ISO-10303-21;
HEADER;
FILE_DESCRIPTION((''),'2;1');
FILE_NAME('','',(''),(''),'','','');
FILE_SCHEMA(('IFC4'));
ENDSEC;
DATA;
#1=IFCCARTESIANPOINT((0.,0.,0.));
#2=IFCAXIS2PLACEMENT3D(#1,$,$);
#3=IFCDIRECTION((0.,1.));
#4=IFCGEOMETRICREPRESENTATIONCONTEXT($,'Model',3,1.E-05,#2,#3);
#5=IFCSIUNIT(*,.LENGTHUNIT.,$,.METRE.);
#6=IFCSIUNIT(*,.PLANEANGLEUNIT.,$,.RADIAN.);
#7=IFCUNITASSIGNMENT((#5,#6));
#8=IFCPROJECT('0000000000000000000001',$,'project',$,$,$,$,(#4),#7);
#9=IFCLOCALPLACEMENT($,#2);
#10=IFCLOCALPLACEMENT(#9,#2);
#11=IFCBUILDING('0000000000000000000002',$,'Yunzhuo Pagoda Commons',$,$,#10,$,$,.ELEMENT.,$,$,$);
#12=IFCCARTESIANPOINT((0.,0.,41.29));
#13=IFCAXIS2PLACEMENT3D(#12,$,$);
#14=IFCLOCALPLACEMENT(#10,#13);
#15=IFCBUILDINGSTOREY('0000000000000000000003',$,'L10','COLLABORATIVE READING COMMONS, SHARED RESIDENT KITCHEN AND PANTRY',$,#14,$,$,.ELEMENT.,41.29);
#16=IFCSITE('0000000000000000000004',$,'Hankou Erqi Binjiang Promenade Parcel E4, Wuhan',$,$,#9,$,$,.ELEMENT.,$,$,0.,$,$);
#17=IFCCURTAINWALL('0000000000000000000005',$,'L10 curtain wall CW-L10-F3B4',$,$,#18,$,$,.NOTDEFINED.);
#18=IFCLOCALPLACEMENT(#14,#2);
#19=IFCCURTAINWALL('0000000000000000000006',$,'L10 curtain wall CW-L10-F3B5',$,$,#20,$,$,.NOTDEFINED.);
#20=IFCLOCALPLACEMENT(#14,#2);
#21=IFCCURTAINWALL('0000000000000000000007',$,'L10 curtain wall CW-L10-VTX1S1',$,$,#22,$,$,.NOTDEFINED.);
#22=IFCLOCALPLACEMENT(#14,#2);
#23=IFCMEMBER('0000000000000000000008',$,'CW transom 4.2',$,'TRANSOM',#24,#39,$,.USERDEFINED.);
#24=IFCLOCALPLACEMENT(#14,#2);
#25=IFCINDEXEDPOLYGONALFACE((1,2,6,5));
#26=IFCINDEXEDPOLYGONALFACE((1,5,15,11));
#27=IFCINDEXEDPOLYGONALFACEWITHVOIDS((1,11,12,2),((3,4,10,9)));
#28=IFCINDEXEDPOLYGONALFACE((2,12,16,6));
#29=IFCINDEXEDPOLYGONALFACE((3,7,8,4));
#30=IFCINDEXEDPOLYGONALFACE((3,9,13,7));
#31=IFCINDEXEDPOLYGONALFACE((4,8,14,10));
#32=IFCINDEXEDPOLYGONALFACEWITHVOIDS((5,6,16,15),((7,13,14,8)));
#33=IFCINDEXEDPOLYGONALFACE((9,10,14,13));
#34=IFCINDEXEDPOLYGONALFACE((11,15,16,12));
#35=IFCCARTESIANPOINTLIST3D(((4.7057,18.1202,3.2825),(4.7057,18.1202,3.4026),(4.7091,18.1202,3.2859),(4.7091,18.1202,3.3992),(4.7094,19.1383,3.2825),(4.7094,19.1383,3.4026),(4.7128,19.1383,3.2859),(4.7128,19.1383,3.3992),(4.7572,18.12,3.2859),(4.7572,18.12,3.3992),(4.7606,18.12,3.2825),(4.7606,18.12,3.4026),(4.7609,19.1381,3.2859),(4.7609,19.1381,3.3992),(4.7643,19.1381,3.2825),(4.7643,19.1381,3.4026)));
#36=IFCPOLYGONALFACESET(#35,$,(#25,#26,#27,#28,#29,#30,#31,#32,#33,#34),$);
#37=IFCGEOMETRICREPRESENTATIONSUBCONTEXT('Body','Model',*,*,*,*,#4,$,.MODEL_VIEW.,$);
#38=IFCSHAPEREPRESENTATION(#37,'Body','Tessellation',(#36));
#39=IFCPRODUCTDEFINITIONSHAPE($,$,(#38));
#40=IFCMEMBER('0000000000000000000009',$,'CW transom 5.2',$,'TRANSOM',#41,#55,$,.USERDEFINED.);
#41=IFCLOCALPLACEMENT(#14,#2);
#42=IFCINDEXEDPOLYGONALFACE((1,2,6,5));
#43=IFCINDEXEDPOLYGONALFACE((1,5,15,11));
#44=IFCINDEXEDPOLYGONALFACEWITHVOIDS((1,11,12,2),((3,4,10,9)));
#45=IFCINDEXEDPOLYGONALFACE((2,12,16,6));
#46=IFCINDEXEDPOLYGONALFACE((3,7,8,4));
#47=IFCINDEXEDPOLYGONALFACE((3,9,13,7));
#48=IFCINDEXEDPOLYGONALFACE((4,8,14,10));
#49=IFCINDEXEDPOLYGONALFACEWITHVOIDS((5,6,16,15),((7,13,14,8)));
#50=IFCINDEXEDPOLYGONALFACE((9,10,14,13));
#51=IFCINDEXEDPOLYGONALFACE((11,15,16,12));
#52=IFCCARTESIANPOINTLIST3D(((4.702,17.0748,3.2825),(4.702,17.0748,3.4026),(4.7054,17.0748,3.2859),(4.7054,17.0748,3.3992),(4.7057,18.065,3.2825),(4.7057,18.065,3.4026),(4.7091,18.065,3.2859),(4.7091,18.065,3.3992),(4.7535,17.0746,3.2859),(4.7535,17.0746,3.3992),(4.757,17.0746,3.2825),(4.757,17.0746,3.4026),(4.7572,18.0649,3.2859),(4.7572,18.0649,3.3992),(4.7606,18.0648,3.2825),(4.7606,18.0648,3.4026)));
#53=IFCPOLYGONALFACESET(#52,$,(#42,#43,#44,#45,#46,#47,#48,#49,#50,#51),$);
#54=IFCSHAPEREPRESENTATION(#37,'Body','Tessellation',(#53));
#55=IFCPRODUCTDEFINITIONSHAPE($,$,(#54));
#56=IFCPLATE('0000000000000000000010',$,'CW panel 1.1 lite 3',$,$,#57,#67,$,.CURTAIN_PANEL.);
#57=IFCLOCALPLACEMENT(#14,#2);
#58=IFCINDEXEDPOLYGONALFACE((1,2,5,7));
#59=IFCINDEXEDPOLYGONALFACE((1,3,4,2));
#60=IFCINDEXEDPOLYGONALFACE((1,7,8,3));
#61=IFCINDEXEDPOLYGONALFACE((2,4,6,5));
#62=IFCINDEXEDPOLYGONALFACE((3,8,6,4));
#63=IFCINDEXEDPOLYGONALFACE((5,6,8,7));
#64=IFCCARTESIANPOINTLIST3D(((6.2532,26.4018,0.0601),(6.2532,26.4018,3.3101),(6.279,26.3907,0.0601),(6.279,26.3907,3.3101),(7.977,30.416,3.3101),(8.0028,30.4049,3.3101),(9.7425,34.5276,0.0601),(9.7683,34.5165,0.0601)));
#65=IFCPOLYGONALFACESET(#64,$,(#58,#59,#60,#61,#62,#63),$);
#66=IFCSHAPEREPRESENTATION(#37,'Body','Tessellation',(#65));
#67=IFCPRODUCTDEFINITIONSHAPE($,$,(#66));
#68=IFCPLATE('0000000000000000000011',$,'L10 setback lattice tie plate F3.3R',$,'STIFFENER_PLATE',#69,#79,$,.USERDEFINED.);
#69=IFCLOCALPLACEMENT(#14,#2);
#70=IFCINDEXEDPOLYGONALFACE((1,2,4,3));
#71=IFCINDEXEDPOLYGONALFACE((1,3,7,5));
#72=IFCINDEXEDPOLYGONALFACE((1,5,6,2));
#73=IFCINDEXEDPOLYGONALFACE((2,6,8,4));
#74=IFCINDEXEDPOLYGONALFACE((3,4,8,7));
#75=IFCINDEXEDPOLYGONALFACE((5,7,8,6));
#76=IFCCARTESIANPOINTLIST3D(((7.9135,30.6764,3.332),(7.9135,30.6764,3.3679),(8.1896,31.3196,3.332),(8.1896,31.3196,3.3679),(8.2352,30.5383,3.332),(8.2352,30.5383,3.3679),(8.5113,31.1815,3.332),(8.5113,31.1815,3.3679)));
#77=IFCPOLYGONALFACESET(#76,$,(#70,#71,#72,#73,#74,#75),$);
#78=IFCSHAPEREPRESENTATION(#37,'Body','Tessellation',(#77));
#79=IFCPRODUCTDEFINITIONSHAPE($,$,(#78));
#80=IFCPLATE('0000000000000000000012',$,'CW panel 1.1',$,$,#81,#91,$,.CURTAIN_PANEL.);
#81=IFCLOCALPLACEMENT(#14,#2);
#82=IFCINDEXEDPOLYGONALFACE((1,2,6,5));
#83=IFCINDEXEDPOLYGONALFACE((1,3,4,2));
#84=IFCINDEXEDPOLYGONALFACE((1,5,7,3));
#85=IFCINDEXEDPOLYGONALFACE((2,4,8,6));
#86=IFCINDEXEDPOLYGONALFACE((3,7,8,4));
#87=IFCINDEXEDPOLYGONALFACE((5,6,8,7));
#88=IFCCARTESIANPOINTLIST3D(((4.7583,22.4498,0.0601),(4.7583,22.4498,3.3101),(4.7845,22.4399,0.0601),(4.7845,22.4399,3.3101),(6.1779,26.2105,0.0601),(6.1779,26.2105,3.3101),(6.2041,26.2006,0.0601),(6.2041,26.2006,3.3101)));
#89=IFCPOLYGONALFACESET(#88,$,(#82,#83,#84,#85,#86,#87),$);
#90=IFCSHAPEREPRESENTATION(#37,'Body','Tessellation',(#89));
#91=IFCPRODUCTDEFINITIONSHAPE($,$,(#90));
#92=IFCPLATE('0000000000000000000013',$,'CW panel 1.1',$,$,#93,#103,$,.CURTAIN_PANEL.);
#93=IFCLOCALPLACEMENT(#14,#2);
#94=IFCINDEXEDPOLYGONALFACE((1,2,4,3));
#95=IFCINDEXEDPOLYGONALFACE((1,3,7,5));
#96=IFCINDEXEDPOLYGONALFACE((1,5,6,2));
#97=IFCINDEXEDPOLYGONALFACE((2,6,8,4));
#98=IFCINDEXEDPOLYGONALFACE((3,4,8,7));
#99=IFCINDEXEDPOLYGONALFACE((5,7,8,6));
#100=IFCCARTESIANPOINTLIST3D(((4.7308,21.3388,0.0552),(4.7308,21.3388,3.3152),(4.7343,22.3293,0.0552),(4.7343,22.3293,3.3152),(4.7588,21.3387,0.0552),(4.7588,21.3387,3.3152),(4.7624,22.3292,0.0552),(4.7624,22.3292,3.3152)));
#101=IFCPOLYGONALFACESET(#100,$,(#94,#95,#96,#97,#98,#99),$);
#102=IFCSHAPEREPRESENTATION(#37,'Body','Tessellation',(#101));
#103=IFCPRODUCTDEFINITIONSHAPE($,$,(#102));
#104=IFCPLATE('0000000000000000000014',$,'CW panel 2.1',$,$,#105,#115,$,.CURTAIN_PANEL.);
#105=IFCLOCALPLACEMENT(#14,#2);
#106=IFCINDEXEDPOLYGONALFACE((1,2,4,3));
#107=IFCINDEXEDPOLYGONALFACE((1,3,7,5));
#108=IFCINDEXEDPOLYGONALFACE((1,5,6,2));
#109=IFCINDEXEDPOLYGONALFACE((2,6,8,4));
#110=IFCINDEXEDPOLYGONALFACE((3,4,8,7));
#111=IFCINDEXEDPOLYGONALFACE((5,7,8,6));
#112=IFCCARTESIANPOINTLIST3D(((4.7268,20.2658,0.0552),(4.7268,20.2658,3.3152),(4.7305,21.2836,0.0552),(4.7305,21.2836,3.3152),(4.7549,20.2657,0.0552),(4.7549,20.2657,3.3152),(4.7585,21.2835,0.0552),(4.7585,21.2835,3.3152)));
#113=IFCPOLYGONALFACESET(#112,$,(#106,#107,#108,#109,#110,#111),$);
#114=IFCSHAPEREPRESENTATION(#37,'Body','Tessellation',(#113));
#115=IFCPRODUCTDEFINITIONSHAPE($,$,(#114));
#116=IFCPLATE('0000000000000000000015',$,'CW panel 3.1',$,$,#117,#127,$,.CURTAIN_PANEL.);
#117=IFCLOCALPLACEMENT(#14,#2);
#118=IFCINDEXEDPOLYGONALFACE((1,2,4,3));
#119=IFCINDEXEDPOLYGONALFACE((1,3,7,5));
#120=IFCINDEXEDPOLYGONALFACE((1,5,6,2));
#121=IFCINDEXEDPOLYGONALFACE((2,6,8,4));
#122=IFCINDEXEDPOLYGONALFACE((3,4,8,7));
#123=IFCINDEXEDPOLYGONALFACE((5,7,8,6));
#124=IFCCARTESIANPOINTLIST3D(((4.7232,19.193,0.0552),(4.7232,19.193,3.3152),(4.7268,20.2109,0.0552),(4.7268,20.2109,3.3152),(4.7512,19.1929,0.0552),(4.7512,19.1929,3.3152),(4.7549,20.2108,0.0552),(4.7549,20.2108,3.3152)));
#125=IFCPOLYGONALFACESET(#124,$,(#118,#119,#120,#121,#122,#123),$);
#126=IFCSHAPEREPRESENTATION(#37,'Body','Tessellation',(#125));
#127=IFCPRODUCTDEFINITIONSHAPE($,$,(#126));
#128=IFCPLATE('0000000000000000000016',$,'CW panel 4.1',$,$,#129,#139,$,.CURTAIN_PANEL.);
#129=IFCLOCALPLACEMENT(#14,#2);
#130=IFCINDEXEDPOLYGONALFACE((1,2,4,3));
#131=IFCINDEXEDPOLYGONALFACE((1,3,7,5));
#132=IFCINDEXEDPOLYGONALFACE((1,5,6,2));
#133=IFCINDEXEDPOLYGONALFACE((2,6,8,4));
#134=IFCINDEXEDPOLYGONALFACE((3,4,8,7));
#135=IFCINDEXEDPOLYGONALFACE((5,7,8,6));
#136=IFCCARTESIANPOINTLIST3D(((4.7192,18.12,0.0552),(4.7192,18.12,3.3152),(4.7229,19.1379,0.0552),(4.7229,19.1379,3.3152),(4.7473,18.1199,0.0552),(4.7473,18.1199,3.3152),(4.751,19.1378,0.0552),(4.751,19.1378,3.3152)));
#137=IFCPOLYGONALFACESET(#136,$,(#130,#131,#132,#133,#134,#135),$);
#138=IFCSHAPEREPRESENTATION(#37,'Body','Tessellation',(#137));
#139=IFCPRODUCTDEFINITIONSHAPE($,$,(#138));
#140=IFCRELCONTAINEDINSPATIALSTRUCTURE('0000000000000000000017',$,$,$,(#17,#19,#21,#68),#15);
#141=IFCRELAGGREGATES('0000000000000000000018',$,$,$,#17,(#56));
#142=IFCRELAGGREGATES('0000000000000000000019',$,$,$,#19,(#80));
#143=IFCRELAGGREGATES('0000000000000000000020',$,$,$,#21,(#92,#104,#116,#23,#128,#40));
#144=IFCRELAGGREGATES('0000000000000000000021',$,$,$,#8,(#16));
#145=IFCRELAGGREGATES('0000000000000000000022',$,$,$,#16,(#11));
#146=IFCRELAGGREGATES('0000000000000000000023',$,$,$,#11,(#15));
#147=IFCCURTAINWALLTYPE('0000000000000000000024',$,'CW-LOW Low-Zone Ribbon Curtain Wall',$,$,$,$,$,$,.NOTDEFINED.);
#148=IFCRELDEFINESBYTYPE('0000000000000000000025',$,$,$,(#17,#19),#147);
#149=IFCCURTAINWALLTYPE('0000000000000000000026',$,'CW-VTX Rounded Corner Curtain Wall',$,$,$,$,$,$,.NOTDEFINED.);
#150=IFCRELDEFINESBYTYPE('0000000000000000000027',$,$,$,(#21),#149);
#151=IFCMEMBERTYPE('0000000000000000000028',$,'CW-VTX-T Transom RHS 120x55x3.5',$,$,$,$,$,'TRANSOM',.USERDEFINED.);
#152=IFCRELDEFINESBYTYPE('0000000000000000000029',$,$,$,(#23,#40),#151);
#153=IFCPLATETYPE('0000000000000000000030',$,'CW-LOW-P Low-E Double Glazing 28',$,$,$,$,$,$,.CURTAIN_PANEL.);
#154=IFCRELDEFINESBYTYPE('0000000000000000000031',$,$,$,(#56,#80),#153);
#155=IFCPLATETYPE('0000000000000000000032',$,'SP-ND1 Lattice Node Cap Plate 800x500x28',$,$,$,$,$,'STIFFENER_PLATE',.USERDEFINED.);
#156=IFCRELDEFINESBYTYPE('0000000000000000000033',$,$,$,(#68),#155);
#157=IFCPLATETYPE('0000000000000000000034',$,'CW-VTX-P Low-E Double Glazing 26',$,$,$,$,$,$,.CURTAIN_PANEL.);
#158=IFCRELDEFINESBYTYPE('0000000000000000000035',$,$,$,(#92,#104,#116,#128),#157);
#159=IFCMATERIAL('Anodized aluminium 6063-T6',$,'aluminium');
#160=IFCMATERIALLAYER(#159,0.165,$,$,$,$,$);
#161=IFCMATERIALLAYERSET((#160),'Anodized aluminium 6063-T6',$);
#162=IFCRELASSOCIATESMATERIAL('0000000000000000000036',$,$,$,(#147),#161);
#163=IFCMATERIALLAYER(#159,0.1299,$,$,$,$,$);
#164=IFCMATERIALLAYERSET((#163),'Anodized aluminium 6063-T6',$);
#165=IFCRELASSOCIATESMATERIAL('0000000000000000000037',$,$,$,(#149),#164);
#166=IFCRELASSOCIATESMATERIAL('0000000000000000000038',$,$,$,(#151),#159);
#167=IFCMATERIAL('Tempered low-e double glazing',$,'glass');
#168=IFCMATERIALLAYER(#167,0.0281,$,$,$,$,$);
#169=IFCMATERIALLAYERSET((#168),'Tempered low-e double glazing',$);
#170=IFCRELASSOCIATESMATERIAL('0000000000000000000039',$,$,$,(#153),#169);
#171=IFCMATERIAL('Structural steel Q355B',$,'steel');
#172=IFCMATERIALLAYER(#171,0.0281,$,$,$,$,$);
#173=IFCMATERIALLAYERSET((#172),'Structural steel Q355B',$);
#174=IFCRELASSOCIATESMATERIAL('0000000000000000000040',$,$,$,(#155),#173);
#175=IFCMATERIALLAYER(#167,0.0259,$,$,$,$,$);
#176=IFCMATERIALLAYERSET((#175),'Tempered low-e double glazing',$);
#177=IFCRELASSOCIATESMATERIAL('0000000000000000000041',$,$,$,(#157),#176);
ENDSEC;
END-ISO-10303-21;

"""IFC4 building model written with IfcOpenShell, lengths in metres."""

from ifc_helpers import new_model, si_unit, direction, frame, origin, origin_2d, place, context, subcontext, project, spatial, polyline, rectangle, hollow_rectangle, outline, extrude, source, transform, mapped, material, layer, layer_set, material_profile, profile_set, type_object, element, aggregate, save


model = new_model("IFC4")

# Units and contexts
model_context = context("Model", 3, precision=1e-05, world=origin(), true_north=direction((0.0, 1.0)))
body_context = subcontext(model_context, "Body", "Model", "MODEL_VIEW")
ifc_project = project(units=[si_unit("LENGTHUNIT", "METRE"), si_unit("PLANEANGLEUNIT", "RADIAN")], contexts=[model_context])

# Site, building, storey
site_placement = place(None, origin())
site = spatial("IfcSite", under=ifc_project, at=site_placement, Name="Hankou Erqi Binjiang Promenade Parcel E4, Wuhan", CompositionType="ELEMENT", RefElevation=0.0)
building_placement = place(site_placement, origin())
building = spatial("IfcBuilding", under=site, at=building_placement, Name="Yunzhuo Pagoda Commons", CompositionType="ELEMENT")
storey_placement = place(building_placement, frame((0.0, 0.0, 41.29)))
storey = spatial("IfcBuildingStorey", under=building, at=storey_placement, Name="L10", Description="COLLABORATIVE READING COMMONS, SHARED RESIDENT KITCHEN AND PANTRY", CompositionType="ELEMENT", Elevation=41.29)

# Shared definitions
ifc_material_1 = material(Name="Structural steel Q355B", Category="steel")

# Curtain wall
ifc_material_2 = material(Name="Anodized aluminium 6063-T6", Category="aluminium")
ifc_layer_1 = layer(ifc_material_2, 0.165)
ifc_layer_set_1 = layer_set([ifc_layer_1], Name="Anodized aluminium 6063-T6")
curtain_wall_type_1 = type_object("IfcCurtainWallType", Name="CW-LOW Low-Zone Ribbon Curtain Wall", PredefinedType="NOTDEFINED", material=ifc_layer_set_1)
curtain_wall_1_placement = place(storey_placement, origin())
curtain_wall_1 = element("IfcCurtainWall", 1, at=curtain_wall_1_placement, inside=storey, type_object=curtain_wall_type_1, Name="L10 curtain wall CW-L10-F3B4", PredefinedType="NOTDEFINED")

# Curtain walls, members
curtain_wall_2_placement = place(storey_placement, origin())
curtain_wall_2 = element("IfcCurtainWall", 2, at=curtain_wall_2_placement, inside=storey, type_object=curtain_wall_type_1, Name="L10 curtain wall CW-L10-F3B5", PredefinedType="NOTDEFINED")
ifc_layer_2 = layer(ifc_material_2, 0.1299)
ifc_layer_set_2 = layer_set([ifc_layer_2], Name="Anodized aluminium 6063-T6")
curtain_wall_type_2 = type_object("IfcCurtainWallType", Name="CW-VTX Rounded Corner Curtain Wall", PredefinedType="NOTDEFINED", material=ifc_layer_set_2)
curtain_wall_3_placement = place(storey_placement, origin())
curtain_wall_3 = element("IfcCurtainWall", 3, at=curtain_wall_3_placement, inside=storey, type_object=curtain_wall_type_2, Name="L10 curtain wall CW-L10-VTX1S1", PredefinedType="NOTDEFINED")
ifc_material_profile_1 = material_profile(ifc_material_2, hollow_rectangle(XDim=0.0549, YDim=0.1201, WallThickness=0.0034, at=origin_2d()), Name="Anodized aluminium 6063-T6")
ifc_profile_set_1 = profile_set([ifc_material_profile_1], Name="Anodized aluminium 6063-T6")
member_type_1 = type_object("IfcMemberType", Name="CW-VTX-T Transom RHS 120x55x3.5", ElementType="TRANSOM", PredefinedType="USERDEFINED", material=ifc_profile_set_1)
shared_shape_1 = source(origin(), body_context, "Body", "SweptSolid", [
    extrude(hollow_rectangle(XDim=0.0549, YDim=0.1201, WallThickness=0.0034, at=origin_2d()), origin(), (0.0, 0.0, 1.0), 1.0181),
])
member_1_placement = place(storey_placement, frame((4.7368, 19.1382, 3.3425), z_axis=(-0.003597, -0.999994, 0.0), x_axis=(0.999994, -0.003597, 0.0)))
member_1 = element("IfcMember", 4, at=member_1_placement, type_object=member_type_1, Name="CW transom 4.2", ObjectType="TRANSOM", PredefinedType="USERDEFINED", context=body_context, shape_type="MappedRepresentation", body=[
    mapped(shared_shape_1, transform((0.0, 0.0, 0.0), scale=1.0)),
])
shared_shape_2 = source(origin(), body_context, "Body", "SweptSolid", [
    extrude(hollow_rectangle(XDim=0.0549, YDim=0.1201, WallThickness=0.0034, at=origin_2d()), origin(), (0.0, 0.0, 1.0), 0.9902),
])
member_2_placement = place(storey_placement, frame((4.7332, 18.0649, 3.3425), z_axis=(-0.003698, -0.999993, 0.0), x_axis=(0.999993, -0.003698, 0.0)))
member_2 = element("IfcMember", 5, at=member_2_placement, type_object=member_type_1, Name="CW transom 5.2", ObjectType="TRANSOM", PredefinedType="USERDEFINED", context=body_context, shape_type="MappedRepresentation", body=[
    mapped(shared_shape_2, transform((0.0, 0.0, 0.0), scale=1.0)),
])

# Plates
ifc_material_3 = material(Name="Tempered low-e double glazing", Category="glass")
ifc_layer_3 = layer(ifc_material_3, 0.0281)
ifc_layer_set_3 = layer_set([ifc_layer_3], Name="Tempered low-e double glazing")
plate_type_1 = type_object("IfcPlateType", Name="CW-LOW-P Low-E Double Glazing 28", PredefinedType="CURTAIN_PANEL", material=ifc_layer_set_3)
plate_1_placement = place(storey_placement, frame((8.0237, 30.4536, 1.6851), z_axis=(-0.918866, 0.394571, 0.0), x_axis=(-0.394571, -0.918866, 0.0)))
plate_1 = element("IfcPlate", 6, at=plate_1_placement, type_object=plate_type_1, Name="CW panel 1.1 lite 3", PredefinedType="CURTAIN_PANEL", context=body_context, shape_type="SweptSolid", body=[
    extrude(outline(polyline([(-4.4216, -1.625), (4.4216, -1.625), (4.4216, 1.625), (0.053, 1.625), (-4.4216, -1.625)])), origin(), (0.0, 0.0, 1.0), 0.0281),
])
aggregate(curtain_wall_1, [plate_1])
ifc_layer_4 = layer(ifc_material_1, 0.0281)
ifc_layer_set_4 = layer_set([ifc_layer_4], Name="Structural steel Q355B")
plate_type_2 = type_object("IfcPlateType", Name="SP-ND1 Lattice Node Cap Plate 800x500x28", ElementType="STIFFENER_PLATE", PredefinedType="USERDEFINED", material=ifc_layer_set_4)
shared_shape_3 = source(origin(), body_context, "Body", "SweptSolid", [
    extrude(rectangle(XDim=0.7, YDim=0.3501, at=origin_2d()), origin(), (0.0, 0.0, 1.0), 0.0359),
])
plate_2_placement = place(storey_placement, frame((8.2124, 30.929, 3.332), z_axis=(0.0, 0.0, 1.0), x_axis=(-0.394567, -0.918867, 0.0)))
element("IfcPlate", 7, at=plate_2_placement, inside=storey, type_object=plate_type_2, Name="L10 setback lattice tie plate F3.3R", ObjectType="STIFFENER_PLATE", PredefinedType="USERDEFINED", context=body_context, shape_type="MappedRepresentation", body=[
    mapped(shared_shape_3, transform((0.0, 0.0, 0.0), scale=1.0)),
])
shared_shape_4 = source(origin(), body_context, "Body", "SweptSolid", [
    extrude(rectangle(XDim=4.0198, YDim=0.0281, at=origin_2d()), origin(), (0.0, 0.0, 1.0), 3.25),
])
plate_3_placement = place(storey_placement, frame((5.4812, 24.3252, 0.0601), z_axis=(0.0, 0.0, 1.0), x_axis=(-0.353151, -0.935566, 0.0)))
plate_3 = element("IfcPlate", 8, at=plate_3_placement, type_object=plate_type_1, Name="CW panel 1.1", PredefinedType="CURTAIN_PANEL", context=body_context, shape_type="MappedRepresentation", body=[
    mapped(shared_shape_4, transform((0.0, 0.0, 0.0), scale=1.0)),
])
aggregate(curtain_wall_2, [plate_3])
ifc_layer_5 = layer(ifc_material_3, 0.0259)
ifc_layer_set_5 = layer_set([ifc_layer_5], Name="Tempered low-e double glazing")
plate_type_3 = type_object("IfcPlateType", Name="CW-VTX-P Low-E Double Glazing 26", PredefinedType="CURTAIN_PANEL", material=ifc_layer_set_5)
shared_shape_5 = source(origin(), body_context, "Body", "SweptSolid", [
    extrude(rectangle(XDim=0.9905, YDim=0.0281, at=origin_2d()), origin(), (0.0, 0.0, 1.0), 3.26),
])
plate_4_placement = place(storey_placement, frame((4.7466, 21.834, 0.0552), z_axis=(0.0, 0.0, 1.0), x_axis=(-0.003579, -0.999994, 0.0)))
plate_4 = element("IfcPlate", 9, at=plate_4_placement, type_object=plate_type_3, Name="CW panel 1.1", PredefinedType="CURTAIN_PANEL", context=body_context, shape_type="MappedRepresentation", body=[
    mapped(shared_shape_5, transform((0.0, 0.0, 0.0), scale=1.0)),
])
shared_shape_6 = source(origin(), body_context, "Body", "SweptSolid", [
    extrude(rectangle(XDim=1.0178, YDim=0.0281, at=origin_2d()), origin(), (0.0, 0.0, 1.0), 3.26),
])
plate_5_placement = place(storey_placement, frame((4.7427, 20.7747, 0.0552), z_axis=(0.0, 0.0, 1.0), x_axis=(-0.003579, -0.999994, 0.0)))
plate_5 = element("IfcPlate", 10, at=plate_5_placement, type_object=plate_type_3, Name="CW panel 2.1", PredefinedType="CURTAIN_PANEL", context=body_context, shape_type="MappedRepresentation", body=[
    mapped(shared_shape_6, transform((0.0, 0.0, 0.0), scale=1.0)),
])
plate_6_placement = place(storey_placement, frame((4.739, 19.7019, 0.0552), z_axis=(0.0, 0.0, 1.0), x_axis=(-0.003579, -0.999994, 0.0)))
plate_6 = element("IfcPlate", 11, at=plate_6_placement, type_object=plate_type_3, Name="CW panel 3.1", PredefinedType="CURTAIN_PANEL", context=body_context, shape_type="MappedRepresentation", body=[
    mapped(shared_shape_6, transform((0.0, 0.0, 0.0), scale=1.0)),
])
plate_7_placement = place(storey_placement, frame((4.7351, 18.6289, 0.0552), z_axis=(0.0, 0.0, 1.0), x_axis=(-0.003579, -0.999994, 0.0)))
plate_7 = element("IfcPlate", 12, at=plate_7_placement, type_object=plate_type_3, Name="CW panel 4.1", PredefinedType="CURTAIN_PANEL", context=body_context, shape_type="MappedRepresentation", body=[
    mapped(shared_shape_6, transform((0.0, 0.0, 0.0), scale=1.0)),
])
aggregate(curtain_wall_3, [plate_4, plate_5, plate_6, member_1, plate_7, member_2])

save(model, "model.ifc")
